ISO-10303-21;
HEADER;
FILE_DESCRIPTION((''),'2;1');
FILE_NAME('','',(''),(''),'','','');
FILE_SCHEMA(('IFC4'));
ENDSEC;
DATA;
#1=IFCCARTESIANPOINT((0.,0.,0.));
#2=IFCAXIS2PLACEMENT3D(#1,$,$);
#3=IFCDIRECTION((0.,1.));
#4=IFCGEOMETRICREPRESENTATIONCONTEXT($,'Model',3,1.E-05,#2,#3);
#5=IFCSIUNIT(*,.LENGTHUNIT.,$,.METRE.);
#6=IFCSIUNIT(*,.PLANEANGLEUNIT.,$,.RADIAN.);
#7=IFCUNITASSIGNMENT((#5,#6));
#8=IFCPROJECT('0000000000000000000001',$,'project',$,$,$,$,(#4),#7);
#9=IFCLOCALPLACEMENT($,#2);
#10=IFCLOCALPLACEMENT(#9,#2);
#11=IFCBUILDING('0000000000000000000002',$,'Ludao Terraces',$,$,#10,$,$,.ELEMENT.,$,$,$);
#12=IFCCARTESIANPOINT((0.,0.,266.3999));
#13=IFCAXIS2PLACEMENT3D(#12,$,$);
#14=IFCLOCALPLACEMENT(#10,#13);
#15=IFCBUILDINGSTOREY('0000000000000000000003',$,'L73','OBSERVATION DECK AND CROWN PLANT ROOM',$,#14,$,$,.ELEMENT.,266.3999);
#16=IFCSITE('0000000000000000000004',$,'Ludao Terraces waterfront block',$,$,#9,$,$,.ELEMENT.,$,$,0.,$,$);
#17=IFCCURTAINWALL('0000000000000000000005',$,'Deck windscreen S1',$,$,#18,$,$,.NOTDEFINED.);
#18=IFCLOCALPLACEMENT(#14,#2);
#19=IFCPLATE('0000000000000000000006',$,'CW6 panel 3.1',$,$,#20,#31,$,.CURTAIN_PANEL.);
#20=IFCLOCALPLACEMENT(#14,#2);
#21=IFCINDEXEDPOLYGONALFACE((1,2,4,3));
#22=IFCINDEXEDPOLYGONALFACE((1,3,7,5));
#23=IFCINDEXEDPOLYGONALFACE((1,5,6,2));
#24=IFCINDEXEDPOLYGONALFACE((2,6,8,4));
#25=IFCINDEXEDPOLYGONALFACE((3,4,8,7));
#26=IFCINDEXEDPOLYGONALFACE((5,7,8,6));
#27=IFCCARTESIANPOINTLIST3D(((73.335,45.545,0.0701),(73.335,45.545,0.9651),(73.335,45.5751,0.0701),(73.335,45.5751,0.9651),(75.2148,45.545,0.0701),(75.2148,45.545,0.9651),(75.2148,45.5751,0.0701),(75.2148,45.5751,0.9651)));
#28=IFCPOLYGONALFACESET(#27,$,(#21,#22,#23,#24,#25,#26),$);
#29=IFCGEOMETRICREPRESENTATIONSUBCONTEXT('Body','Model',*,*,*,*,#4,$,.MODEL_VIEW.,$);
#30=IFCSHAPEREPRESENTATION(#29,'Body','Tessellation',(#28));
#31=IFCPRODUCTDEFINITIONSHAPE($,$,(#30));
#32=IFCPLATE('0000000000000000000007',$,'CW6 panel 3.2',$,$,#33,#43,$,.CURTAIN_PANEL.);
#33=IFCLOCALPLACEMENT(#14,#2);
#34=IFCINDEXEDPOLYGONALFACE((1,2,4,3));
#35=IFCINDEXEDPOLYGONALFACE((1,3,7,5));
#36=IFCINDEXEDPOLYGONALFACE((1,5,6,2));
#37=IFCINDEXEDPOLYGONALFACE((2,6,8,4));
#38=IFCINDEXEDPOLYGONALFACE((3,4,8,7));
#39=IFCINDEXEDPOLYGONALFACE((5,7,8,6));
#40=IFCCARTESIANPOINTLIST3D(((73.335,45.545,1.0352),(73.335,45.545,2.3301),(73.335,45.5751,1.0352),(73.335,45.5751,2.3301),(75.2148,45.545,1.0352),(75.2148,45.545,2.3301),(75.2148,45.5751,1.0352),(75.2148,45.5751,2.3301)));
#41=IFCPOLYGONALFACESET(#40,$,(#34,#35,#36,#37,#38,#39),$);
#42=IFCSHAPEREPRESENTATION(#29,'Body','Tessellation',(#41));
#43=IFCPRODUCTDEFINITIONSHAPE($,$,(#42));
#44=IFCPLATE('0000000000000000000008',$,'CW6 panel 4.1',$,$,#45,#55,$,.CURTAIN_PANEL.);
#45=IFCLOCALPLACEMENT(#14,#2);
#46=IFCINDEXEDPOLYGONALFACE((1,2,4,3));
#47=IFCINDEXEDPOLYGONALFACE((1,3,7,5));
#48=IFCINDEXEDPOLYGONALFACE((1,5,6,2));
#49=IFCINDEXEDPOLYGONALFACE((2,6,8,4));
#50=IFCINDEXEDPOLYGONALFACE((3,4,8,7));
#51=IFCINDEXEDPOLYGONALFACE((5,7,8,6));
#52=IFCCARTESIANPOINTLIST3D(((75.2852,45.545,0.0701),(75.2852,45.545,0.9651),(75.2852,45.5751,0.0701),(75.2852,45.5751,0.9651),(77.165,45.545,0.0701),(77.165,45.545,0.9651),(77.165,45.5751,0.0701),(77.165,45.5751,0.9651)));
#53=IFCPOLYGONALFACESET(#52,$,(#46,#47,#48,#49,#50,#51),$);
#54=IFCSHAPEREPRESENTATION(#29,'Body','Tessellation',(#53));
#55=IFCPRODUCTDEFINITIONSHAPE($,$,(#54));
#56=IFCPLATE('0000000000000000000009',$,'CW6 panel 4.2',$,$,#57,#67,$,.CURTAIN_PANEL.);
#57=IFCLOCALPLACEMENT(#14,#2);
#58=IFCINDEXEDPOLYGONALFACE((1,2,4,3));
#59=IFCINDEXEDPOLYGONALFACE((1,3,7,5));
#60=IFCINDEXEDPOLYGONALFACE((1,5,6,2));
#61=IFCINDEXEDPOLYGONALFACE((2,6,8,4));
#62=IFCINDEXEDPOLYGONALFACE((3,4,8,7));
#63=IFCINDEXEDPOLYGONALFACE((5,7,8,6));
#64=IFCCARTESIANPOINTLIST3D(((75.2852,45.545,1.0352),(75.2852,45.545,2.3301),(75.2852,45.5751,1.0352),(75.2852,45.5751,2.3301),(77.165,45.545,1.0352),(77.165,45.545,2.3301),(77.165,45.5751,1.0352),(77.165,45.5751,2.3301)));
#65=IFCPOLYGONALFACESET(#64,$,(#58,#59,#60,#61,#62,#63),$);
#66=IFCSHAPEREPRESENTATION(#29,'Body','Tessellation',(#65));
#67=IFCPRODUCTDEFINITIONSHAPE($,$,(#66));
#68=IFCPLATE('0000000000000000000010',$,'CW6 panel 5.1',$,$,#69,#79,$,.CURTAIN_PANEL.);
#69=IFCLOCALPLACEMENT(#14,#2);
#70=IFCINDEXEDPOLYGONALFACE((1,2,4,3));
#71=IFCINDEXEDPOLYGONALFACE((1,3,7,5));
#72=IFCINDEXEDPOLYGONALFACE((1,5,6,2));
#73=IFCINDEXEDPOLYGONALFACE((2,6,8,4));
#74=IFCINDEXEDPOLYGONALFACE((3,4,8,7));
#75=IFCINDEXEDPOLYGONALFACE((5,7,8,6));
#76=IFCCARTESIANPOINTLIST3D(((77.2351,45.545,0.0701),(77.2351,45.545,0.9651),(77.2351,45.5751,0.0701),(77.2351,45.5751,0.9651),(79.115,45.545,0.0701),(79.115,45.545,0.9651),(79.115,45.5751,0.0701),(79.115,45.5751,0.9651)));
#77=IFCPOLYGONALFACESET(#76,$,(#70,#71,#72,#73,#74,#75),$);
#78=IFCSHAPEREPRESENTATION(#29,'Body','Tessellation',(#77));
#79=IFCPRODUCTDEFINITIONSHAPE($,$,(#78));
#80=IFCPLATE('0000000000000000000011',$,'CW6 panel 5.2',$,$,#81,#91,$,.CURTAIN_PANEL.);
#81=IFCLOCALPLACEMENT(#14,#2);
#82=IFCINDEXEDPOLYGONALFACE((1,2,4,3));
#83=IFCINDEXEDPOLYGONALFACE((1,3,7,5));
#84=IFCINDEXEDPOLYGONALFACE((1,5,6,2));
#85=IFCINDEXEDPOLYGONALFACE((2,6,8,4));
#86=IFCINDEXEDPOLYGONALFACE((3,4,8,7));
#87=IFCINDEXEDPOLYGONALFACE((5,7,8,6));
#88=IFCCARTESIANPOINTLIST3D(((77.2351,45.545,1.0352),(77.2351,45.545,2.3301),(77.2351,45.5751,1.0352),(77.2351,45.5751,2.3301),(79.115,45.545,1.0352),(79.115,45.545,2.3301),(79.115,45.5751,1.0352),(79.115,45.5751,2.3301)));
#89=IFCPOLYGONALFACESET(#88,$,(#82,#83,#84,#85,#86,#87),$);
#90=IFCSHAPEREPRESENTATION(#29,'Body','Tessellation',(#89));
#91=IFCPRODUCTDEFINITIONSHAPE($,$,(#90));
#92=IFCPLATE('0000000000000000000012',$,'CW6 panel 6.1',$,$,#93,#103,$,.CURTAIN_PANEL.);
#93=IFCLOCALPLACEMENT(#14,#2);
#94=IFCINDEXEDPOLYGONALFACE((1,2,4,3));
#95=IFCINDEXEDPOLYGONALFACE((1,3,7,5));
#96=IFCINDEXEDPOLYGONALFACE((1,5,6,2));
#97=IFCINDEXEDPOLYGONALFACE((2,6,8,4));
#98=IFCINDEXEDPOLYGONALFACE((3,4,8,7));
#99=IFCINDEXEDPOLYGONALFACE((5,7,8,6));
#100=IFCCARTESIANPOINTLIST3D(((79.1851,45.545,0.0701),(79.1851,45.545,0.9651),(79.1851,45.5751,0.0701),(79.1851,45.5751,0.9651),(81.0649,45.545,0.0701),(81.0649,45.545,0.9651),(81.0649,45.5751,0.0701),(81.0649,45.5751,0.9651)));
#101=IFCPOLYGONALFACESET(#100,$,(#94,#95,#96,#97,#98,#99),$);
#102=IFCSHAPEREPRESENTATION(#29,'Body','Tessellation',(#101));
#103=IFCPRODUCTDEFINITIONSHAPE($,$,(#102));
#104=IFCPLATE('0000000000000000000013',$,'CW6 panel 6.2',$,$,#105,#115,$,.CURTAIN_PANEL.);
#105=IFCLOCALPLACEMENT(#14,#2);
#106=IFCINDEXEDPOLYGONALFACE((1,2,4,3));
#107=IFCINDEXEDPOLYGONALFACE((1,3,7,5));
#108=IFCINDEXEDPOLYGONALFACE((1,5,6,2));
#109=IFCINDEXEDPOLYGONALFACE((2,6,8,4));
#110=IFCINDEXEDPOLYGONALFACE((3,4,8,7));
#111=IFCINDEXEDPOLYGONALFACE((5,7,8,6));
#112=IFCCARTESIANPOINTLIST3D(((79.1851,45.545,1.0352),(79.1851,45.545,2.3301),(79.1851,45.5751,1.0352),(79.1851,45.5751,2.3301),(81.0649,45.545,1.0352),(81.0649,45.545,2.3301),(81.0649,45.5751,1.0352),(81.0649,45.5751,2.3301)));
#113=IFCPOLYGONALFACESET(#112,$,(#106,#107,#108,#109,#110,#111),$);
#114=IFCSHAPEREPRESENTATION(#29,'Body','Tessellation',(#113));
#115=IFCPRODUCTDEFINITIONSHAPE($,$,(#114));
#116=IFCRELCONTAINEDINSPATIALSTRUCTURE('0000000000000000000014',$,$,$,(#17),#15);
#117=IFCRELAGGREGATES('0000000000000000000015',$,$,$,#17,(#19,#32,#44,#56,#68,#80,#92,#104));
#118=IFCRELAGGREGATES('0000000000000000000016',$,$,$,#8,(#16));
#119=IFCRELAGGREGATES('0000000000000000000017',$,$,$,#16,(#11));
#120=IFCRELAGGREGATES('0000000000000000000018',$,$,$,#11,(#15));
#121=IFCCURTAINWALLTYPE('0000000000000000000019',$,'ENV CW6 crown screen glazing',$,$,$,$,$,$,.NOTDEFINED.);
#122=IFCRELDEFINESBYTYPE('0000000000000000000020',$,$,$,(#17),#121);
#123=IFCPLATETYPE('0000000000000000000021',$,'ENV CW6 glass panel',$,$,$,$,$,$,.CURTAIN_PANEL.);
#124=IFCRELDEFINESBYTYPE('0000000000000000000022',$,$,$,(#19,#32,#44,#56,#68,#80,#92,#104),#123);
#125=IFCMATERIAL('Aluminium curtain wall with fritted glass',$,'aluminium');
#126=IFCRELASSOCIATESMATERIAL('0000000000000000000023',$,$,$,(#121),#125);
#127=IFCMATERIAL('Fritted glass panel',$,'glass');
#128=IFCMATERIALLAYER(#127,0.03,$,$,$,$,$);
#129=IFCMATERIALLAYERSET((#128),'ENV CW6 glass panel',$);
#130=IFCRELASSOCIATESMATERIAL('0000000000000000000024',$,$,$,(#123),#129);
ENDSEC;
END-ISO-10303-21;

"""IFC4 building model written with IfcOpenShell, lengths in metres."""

from ifc_helpers import new_model, si_unit, direction, frame, origin, origin_2d, place, context, subcontext, project, spatial, rectangle, extrude, material, layer, layer_set, type_object, element, aggregate, save


model = new_model("IFC4")

# Units and contexts
model_context = context("Model", 3, precision=1e-05, world=origin(), true_north=direction((0.0, 1.0)))
body_context = subcontext(model_context, "Body", "Model", "MODEL_VIEW")
ifc_project = project(units=[si_unit("LENGTHUNIT", "METRE"), si_unit("PLANEANGLEUNIT", "RADIAN")], contexts=[model_context])

# Site, building, storey
site_placement = place(None, origin())
site = spatial("IfcSite", under=ifc_project, at=site_placement, Name="Ludao Terraces waterfront block", CompositionType="ELEMENT", RefElevation=0.0)
building_placement = place(site_placement, origin())
building = spatial("IfcBuilding", under=site, at=building_placement, Name="Ludao Terraces", CompositionType="ELEMENT")
storey_placement = place(building_placement, frame((0.0, 0.0, 266.3999)))
storey = spatial("IfcBuildingStorey", under=building, at=storey_placement, Name="L73", Description="OBSERVATION DECK AND CROWN PLANT ROOM", CompositionType="ELEMENT", Elevation=266.3999)

# Curtain wall, plates
ifc_material_1 = material(Name="Aluminium curtain wall with fritted glass", Category="aluminium")
curtain_wall_type = type_object("IfcCurtainWallType", Name="ENV CW6 crown screen glazing", PredefinedType="NOTDEFINED", material=ifc_material_1)
curtain_wall_placement = place(storey_placement, origin())
curtain_wall = element("IfcCurtainWall", 1, at=curtain_wall_placement, inside=storey, type_object=curtain_wall_type, Name="Deck windscreen S1", PredefinedType="NOTDEFINED")
ifc_material_2 = material(Name="Fritted glass panel", Category="glass")
ifc_layer = layer(ifc_material_2, 0.03)
ifc_layer_set = layer_set([ifc_layer], Name="ENV CW6 glass panel")
plate_type = type_object("IfcPlateType", Name="ENV CW6 glass panel", PredefinedType="CURTAIN_PANEL", material=ifc_layer_set)
plate_1_placement = place(storey_placement, frame((74.2749, 45.5601, 0.0701), z_axis=(0.0, 0.0, 1.0), x_axis=(1.0, 0.0, 0.0)))
plate_1 = element("IfcPlate", 2, at=plate_1_placement, type_object=plate_type, Name="CW6 panel 3.1", PredefinedType="CURTAIN_PANEL", context=body_context, shape_type="SweptSolid", body=[
    extrude(rectangle(XDim=1.8799, YDim=0.03, at=origin_2d()), origin(), (0.0, 0.0, 1.0), 0.895),
])
plate_2_placement = place(storey_placement, frame((74.2749, 45.5601, 1.0352), z_axis=(0.0, 0.0, 1.0), x_axis=(1.0, 0.0, 0.0)))
plate_2 = element("IfcPlate", 3, at=plate_2_placement, type_object=plate_type, Name="CW6 panel 3.2", PredefinedType="CURTAIN_PANEL", context=body_context, shape_type="SweptSolid", body=[
    extrude(rectangle(XDim=1.8799, YDim=0.03, at=origin_2d()), origin(), (0.0, 0.0, 1.0), 1.2949),
])
plate_3_placement = place(storey_placement, frame((76.2251, 45.5601, 0.0701), z_axis=(0.0, 0.0, 1.0), x_axis=(1.0, 0.0, 0.0)))
plate_3 = element("IfcPlate", 4, at=plate_3_placement, type_object=plate_type, Name="CW6 panel 4.1", PredefinedType="CURTAIN_PANEL", context=body_context, shape_type="SweptSolid", body=[
    extrude(rectangle(XDim=1.8799, YDim=0.03, at=origin_2d()), origin(), (0.0, 0.0, 1.0), 0.895),
])
plate_4_placement = place(storey_placement, frame((76.2251, 45.5601, 1.0352), z_axis=(0.0, 0.0, 1.0), x_axis=(1.0, 0.0, 0.0)))
plate_4 = element("IfcPlate", 5, at=plate_4_placement, type_object=plate_type, Name="CW6 panel 4.2", PredefinedType="CURTAIN_PANEL", context=body_context, shape_type="SweptSolid", body=[
    extrude(rectangle(XDim=1.8799, YDim=0.03, at=origin_2d()), origin(), (0.0, 0.0, 1.0), 1.2949),
])
plate_5_placement = place(storey_placement, frame((78.175, 45.5601, 0.0701), z_axis=(0.0, 0.0, 1.0), x_axis=(1.0, 0.0, 0.0)))
plate_5 = element("IfcPlate", 6, at=plate_5_placement, type_object=plate_type, Name="CW6 panel 5.1", PredefinedType="CURTAIN_PANEL", context=body_context, shape_type="SweptSolid", body=[
    extrude(rectangle(XDim=1.8799, YDim=0.03, at=origin_2d()), origin(), (0.0, 0.0, 1.0), 0.895),
])
plate_6_placement = place(storey_placement, frame((78.175, 45.5601, 1.0352), z_axis=(0.0, 0.0, 1.0), x_axis=(1.0, 0.0, 0.0)))
plate_6 = element("IfcPlate", 7, at=plate_6_placement, type_object=plate_type, Name="CW6 panel 5.2", PredefinedType="CURTAIN_PANEL", context=body_context, shape_type="SweptSolid", body=[
    extrude(rectangle(XDim=1.8799, YDim=0.03, at=origin_2d()), origin(), (0.0, 0.0, 1.0), 1.2949),
])
plate_7_placement = place(storey_placement, frame((80.125, 45.5601, 0.0701), z_axis=(0.0, 0.0, 1.0), x_axis=(1.0, 0.0, 0.0)))
plate_7 = element("IfcPlate", 8, at=plate_7_placement, type_object=plate_type, Name="CW6 panel 6.1", PredefinedType="CURTAIN_PANEL", context=body_context, shape_type="SweptSolid", body=[
    extrude(rectangle(XDim=1.8799, YDim=0.03, at=origin_2d()), origin(), (0.0, 0.0, 1.0), 0.895),
])
plate_8_placement = place(storey_placement, frame((80.125, 45.5601, 1.0352), z_axis=(0.0, 0.0, 1.0), x_axis=(1.0, 0.0, 0.0)))
plate_8 = element("IfcPlate", 9, at=plate_8_placement, type_object=plate_type, Name="CW6 panel 6.2", PredefinedType="CURTAIN_PANEL", context=body_context, shape_type="SweptSolid", body=[
    extrude(rectangle(XDim=1.8799, YDim=0.03, at=origin_2d()), origin(), (0.0, 0.0, 1.0), 1.2949),
])
aggregate(curtain_wall, [plate_1, plate_2, plate_3, plate_4, plate_5, plate_6, plate_7, plate_8])

save(model, "model.ifc")
